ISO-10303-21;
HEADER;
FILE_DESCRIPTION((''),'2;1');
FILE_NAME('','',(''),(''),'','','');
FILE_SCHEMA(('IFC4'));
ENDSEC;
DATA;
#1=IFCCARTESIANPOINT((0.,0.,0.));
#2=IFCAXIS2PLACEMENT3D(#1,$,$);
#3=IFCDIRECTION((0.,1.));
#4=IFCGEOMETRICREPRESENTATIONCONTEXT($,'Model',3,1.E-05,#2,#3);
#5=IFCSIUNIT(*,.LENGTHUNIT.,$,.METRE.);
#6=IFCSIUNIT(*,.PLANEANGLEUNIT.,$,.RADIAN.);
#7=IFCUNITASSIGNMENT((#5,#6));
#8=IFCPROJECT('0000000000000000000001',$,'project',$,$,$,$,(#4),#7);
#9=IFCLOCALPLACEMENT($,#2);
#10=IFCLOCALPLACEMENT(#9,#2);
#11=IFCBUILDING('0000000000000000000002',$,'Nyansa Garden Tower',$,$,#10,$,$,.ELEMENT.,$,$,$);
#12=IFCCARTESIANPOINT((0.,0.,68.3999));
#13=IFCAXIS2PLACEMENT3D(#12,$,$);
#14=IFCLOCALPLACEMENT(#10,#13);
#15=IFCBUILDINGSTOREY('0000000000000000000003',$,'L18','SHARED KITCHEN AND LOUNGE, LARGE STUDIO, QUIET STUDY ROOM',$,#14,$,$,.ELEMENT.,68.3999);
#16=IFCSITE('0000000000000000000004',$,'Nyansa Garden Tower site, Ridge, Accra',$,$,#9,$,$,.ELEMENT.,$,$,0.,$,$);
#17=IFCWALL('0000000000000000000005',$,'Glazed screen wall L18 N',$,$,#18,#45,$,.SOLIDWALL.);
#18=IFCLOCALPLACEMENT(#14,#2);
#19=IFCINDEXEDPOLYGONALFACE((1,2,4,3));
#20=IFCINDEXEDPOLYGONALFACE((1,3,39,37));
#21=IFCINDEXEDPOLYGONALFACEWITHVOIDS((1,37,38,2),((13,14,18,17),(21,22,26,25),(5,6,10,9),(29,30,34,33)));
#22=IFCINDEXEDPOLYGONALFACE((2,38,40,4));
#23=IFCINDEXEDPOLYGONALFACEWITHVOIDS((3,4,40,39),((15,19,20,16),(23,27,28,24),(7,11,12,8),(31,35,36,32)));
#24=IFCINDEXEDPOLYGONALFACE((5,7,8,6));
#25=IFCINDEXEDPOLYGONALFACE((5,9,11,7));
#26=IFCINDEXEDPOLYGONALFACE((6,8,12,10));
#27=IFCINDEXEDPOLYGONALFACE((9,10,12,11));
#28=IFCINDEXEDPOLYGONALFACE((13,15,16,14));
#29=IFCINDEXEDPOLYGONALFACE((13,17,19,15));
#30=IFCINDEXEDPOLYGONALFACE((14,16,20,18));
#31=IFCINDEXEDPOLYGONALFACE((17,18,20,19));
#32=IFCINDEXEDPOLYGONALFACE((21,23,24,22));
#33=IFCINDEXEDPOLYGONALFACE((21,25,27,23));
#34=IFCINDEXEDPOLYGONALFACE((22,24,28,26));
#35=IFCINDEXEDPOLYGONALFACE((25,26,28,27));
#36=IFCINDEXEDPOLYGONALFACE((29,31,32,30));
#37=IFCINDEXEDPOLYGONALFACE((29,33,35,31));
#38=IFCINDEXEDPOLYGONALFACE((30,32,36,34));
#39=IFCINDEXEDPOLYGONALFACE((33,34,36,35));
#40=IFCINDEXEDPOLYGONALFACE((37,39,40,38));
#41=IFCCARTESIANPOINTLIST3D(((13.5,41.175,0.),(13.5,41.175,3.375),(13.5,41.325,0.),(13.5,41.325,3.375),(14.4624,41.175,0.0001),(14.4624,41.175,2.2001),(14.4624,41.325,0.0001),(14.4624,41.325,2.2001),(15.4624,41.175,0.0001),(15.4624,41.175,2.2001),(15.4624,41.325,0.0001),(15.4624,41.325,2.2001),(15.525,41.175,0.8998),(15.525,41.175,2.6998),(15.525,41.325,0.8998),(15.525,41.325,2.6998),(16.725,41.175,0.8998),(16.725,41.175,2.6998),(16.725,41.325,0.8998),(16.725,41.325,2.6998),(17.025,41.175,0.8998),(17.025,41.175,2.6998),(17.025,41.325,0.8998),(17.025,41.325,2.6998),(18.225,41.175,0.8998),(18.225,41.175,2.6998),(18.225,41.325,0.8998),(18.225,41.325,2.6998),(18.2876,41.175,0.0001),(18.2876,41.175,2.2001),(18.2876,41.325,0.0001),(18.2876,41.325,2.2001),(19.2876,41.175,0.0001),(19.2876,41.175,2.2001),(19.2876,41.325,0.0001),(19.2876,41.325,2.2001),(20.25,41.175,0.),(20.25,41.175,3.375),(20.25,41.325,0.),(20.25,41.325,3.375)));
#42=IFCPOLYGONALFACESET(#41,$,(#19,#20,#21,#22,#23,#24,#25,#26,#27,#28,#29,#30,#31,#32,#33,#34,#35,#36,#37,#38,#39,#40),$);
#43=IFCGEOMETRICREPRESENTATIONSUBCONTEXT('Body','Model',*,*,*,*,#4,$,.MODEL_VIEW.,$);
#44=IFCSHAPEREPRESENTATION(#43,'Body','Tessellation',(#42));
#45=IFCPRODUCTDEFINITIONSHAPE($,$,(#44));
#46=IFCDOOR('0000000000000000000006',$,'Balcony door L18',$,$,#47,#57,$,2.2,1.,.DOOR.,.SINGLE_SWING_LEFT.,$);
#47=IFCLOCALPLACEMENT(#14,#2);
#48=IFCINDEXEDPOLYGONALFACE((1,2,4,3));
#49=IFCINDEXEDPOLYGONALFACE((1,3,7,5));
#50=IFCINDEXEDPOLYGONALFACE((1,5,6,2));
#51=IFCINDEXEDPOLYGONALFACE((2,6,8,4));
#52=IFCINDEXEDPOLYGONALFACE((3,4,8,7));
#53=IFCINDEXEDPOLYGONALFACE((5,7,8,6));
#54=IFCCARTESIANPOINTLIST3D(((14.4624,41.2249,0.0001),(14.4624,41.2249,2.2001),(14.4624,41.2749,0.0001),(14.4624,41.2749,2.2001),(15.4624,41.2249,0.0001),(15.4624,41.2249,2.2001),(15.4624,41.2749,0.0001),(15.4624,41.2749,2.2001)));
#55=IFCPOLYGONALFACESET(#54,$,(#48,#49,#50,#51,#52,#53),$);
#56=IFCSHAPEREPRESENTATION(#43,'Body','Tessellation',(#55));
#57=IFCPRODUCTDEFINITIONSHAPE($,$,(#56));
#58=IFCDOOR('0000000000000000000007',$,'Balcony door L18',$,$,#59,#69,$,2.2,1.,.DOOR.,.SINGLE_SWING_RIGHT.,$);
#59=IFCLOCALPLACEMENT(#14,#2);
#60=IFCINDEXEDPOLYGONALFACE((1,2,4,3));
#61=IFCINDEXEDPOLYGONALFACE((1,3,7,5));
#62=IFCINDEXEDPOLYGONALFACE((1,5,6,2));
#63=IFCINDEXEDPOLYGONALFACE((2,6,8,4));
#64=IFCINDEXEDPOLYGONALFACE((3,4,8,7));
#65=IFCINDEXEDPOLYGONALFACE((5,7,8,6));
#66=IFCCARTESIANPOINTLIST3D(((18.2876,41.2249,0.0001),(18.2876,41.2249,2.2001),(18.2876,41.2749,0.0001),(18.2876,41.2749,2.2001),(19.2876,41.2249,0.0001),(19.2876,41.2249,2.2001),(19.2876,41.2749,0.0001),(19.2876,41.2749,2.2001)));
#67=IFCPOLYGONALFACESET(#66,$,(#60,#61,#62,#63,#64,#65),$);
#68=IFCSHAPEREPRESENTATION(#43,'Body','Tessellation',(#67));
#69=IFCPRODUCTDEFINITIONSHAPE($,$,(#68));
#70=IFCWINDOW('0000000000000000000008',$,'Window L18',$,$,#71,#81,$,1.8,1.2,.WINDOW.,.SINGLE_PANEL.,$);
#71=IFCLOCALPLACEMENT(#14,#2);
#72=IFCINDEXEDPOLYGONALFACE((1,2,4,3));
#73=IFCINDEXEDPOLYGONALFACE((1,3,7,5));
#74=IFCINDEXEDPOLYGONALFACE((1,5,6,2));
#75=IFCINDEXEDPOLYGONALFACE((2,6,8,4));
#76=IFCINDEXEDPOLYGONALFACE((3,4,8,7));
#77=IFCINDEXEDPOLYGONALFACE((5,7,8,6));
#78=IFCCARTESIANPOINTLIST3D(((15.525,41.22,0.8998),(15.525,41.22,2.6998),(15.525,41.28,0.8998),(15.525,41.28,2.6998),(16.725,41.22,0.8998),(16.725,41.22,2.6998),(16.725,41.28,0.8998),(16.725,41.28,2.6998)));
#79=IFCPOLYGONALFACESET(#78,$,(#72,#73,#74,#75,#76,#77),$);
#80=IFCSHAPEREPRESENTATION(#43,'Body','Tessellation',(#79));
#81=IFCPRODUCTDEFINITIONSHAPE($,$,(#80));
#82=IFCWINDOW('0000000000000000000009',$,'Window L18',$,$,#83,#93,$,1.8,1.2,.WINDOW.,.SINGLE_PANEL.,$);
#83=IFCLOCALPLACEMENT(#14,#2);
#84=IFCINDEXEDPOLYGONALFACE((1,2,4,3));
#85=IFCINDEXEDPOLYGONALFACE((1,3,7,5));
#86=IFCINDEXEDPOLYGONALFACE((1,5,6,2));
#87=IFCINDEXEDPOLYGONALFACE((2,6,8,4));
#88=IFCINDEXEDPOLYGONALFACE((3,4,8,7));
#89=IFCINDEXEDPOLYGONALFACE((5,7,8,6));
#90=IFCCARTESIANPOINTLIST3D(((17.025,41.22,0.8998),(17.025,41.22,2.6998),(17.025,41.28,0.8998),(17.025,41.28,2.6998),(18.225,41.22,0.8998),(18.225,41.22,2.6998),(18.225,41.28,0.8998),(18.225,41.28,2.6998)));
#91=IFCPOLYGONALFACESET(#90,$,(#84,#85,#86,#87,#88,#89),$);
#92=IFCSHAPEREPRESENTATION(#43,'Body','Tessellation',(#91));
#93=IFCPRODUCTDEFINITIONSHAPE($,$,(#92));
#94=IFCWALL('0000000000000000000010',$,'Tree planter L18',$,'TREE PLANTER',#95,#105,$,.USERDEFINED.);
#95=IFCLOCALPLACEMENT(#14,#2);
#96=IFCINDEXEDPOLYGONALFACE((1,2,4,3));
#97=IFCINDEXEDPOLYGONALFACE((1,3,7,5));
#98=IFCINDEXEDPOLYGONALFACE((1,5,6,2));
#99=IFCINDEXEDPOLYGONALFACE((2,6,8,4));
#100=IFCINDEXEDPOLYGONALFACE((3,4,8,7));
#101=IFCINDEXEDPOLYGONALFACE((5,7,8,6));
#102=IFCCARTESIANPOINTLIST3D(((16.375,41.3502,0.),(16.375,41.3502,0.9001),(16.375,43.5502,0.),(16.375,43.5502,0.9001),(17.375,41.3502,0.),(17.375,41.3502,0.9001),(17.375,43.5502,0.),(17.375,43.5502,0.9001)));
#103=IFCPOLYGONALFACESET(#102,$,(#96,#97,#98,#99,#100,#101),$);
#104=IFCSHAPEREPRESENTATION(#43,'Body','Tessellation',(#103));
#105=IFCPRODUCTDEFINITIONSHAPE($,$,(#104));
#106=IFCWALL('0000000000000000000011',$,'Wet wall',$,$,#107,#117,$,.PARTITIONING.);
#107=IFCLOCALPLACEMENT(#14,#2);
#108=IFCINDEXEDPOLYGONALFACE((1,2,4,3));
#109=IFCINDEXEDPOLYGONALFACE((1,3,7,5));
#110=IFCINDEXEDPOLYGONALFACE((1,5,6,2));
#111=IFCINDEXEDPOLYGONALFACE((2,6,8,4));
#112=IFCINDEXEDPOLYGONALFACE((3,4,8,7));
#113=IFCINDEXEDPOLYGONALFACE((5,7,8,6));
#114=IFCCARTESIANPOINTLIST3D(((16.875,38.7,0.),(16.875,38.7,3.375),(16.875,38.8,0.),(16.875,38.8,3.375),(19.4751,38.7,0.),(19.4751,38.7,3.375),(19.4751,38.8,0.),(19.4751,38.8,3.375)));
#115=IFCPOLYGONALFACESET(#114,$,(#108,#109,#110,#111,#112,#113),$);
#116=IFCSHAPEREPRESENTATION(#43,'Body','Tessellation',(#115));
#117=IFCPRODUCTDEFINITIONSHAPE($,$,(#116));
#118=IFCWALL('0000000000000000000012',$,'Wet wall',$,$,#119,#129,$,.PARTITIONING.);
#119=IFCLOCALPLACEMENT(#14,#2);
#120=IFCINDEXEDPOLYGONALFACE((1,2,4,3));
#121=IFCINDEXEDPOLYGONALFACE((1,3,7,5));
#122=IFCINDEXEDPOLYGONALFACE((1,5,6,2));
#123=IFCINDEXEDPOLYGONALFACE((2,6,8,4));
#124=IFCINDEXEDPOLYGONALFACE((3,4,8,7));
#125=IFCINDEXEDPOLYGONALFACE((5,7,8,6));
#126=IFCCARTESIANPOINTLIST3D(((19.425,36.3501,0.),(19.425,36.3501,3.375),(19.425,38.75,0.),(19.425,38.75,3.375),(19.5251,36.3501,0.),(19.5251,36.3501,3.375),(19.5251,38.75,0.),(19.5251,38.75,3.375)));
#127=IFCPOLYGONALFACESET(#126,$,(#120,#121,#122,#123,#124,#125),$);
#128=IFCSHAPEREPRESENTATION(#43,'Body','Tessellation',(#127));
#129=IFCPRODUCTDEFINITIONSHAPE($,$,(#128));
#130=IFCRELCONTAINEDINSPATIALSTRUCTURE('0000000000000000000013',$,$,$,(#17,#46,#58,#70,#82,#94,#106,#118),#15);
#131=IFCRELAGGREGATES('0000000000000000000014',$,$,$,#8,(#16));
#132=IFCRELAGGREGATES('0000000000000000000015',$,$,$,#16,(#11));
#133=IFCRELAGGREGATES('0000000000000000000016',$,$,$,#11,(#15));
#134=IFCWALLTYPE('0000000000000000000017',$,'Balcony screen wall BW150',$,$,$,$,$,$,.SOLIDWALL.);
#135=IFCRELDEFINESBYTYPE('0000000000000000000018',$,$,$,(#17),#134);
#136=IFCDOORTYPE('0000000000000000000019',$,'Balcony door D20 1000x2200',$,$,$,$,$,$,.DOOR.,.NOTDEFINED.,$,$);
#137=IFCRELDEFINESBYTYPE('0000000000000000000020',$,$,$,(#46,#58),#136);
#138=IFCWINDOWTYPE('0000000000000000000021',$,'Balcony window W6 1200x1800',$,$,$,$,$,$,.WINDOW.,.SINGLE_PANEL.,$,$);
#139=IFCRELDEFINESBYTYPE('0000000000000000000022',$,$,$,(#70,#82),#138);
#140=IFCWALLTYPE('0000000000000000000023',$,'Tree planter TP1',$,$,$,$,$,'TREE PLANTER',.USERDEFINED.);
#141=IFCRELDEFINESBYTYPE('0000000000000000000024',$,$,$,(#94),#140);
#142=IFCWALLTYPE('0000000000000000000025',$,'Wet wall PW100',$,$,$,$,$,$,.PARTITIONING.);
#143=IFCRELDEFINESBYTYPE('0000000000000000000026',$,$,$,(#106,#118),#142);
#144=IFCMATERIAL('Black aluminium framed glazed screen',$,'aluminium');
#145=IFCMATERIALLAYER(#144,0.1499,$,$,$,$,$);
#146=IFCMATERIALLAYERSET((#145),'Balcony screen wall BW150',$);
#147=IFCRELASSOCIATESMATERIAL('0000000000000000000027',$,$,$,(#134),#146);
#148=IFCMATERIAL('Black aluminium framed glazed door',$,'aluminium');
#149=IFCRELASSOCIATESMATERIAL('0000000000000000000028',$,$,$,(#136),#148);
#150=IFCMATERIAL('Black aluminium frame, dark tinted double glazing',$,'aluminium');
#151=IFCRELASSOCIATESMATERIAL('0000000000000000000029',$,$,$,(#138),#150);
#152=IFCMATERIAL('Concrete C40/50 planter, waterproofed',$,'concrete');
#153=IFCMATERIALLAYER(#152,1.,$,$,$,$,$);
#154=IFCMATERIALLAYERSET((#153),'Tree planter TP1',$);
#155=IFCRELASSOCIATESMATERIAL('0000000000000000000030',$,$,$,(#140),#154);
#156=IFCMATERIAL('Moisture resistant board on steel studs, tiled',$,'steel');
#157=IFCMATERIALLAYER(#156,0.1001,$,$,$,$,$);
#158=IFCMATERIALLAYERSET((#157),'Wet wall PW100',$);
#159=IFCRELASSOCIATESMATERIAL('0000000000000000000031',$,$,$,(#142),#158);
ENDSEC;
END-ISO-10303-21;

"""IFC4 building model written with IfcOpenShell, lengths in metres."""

from ifc_helpers import new_model, si_unit, direction, frame, frame_2d, origin, place, context, subcontext, project, spatial, rectangle, extrude, material, layer, layer_set, type_object, element, fill, save


model = new_model("IFC4")

# Units and contexts
model_context = context("Model", 3, precision=1e-05, world=origin(), true_north=direction((0.0, 1.0)))
body_context = subcontext(model_context, "Body", "Model", "MODEL_VIEW")
ifc_project = project(units=[si_unit("LENGTHUNIT", "METRE"), si_unit("PLANEANGLEUNIT", "RADIAN")], contexts=[model_context])

# Site, building, storey
site_placement = place(None, origin())
site = spatial("IfcSite", under=ifc_project, at=site_placement, Name="Nyansa Garden Tower site, Ridge, Accra", CompositionType="ELEMENT", RefElevation=0.0)
building_placement = place(site_placement, origin())
building = spatial("IfcBuilding", under=site, at=building_placement, Name="Nyansa Garden Tower", CompositionType="ELEMENT")
storey_placement = place(building_placement, frame((0.0, 0.0, 68.3999)))
storey = spatial("IfcBuildingStorey", under=building, at=storey_placement, Name="L18", Description="SHARED KITCHEN AND LOUNGE, LARGE STUDIO, QUIET STUDY ROOM", CompositionType="ELEMENT", Elevation=68.3999)

# Wall, openings, doors, windows
ifc_material_1 = material(Name="Black aluminium framed glazed screen", Category="aluminium")
ifc_layer_1 = layer(ifc_material_1, 0.1499)
ifc_layer_set_1 = layer_set([ifc_layer_1], Name="Balcony screen wall BW150")
wall_type_1 = type_object("IfcWallType", Name="Balcony screen wall BW150", PredefinedType="SOLIDWALL", material=ifc_layer_set_1)
wall_1_placement = place(storey_placement, frame((13.5, 41.25, 0.0), z_axis=(0.0, 0.0, 1.0), x_axis=(1.0, 0.0, 0.0)))
wall_1 = element("IfcWall", 1, at=wall_1_placement, inside=storey, type_object=wall_type_1, Name="Glazed screen wall L18 N", PredefinedType="SOLIDWALL", context=body_context, shape_type="SweptSolid", body=[
    extrude(rectangle(XDim=6.75, YDim=0.1499, at=frame_2d((3.375, 0.0))), origin(), (0.0, 0.0, 1.0), 3.375),
])
opening_1_placement = place(wall_1_placement, frame((0.9624, 0.0, 0.0)))
opening_1 = element("IfcOpeningElement", 2, at=opening_1_placement, cuts=wall_1, PredefinedType="OPENING", context=body_context, shape_type="SweptSolid", body=[
    extrude(rectangle(XDim=1.0, YDim=2.2, at=frame_2d((0.5, 1.1001))), frame((0.0, 0.085, 0.0), z_axis=(0.0, -1.0, 0.0), x_axis=(1.0, 0.0, 0.0)), (0.0, 0.0, 1.0), 0.1699),
])
opening_2_placement = place(wall_1_placement, frame((2.0249, 0.0, 0.8999)))
opening_2 = element("IfcOpeningElement", 3, at=opening_2_placement, cuts=wall_1, PredefinedType="OPENING", context=body_context, shape_type="SweptSolid", body=[
    extrude(rectangle(XDim=1.2, YDim=1.8, at=frame_2d((0.6001, 0.8999))), frame((0.0, 0.085, 0.0), z_axis=(0.0, -1.0, 0.0), x_axis=(1.0, 0.0, 0.0)), (0.0, 0.0, 1.0), 0.1699),
])
opening_3_placement = place(wall_1_placement, frame((4.7876, 0.0, 0.0)))
opening_3 = element("IfcOpeningElement", 4, at=opening_3_placement, cuts=wall_1, PredefinedType="OPENING", context=body_context, shape_type="SweptSolid", body=[
    extrude(rectangle(XDim=1.0, YDim=2.2, at=frame_2d((0.5, 1.1001))), frame((0.0, 0.085, 0.0), z_axis=(0.0, -1.0, 0.0), x_axis=(1.0, 0.0, 0.0)), (0.0, 0.0, 1.0), 0.1699),
])
opening_4_placement = place(wall_1_placement, frame((3.5249, 0.0, 0.8999)))
opening_4 = element("IfcOpeningElement", 5, at=opening_4_placement, cuts=wall_1, PredefinedType="OPENING", context=body_context, shape_type="SweptSolid", body=[
    extrude(rectangle(XDim=1.2, YDim=1.8, at=frame_2d((0.6001, 0.8999))), frame((0.0, 0.085, 0.0), z_axis=(0.0, -1.0, 0.0), x_axis=(1.0, 0.0, 0.0)), (0.0, 0.0, 1.0), 0.1699),
])
ifc_material_2 = material(Name="Black aluminium framed glazed door", Category="aluminium")
door_type_1 = type_object("IfcDoorType", Name="Balcony door D20 1000x2200", OperationType="NOTDEFINED", PredefinedType="DOOR", material=ifc_material_2)
door_1_placement = place(opening_1_placement, origin())
door_1 = element("IfcDoor", 6, at=door_1_placement, inside=storey, type_object=door_type_1, Name="Balcony door L18", OperationType="SINGLE_SWING_LEFT", OverallHeight=2.2, OverallWidth=1.0, PredefinedType="DOOR", context=body_context, shape_type="SweptSolid", body=[
    extrude(rectangle(XDim=1.0, YDim=2.2, at=frame_2d((0.5, 1.1001))), frame((0.0, 0.0249, 0.0), z_axis=(0.0, -1.0, 0.0), x_axis=(1.0, 0.0, 0.0)), (0.0, 0.0, 1.0), 0.05),
])
fill(opening_1, door_1)
door_2_placement = place(opening_3_placement, origin())
door_2 = element("IfcDoor", 7, at=door_2_placement, inside=storey, type_object=door_type_1, Name="Balcony door L18", OperationType="SINGLE_SWING_RIGHT", OverallHeight=2.2, OverallWidth=1.0, PredefinedType="DOOR", context=body_context, shape_type="SweptSolid", body=[
    extrude(rectangle(XDim=1.0, YDim=2.2, at=frame_2d((0.5, 1.1001))), frame((0.0, 0.0249, 0.0), z_axis=(0.0, -1.0, 0.0), x_axis=(1.0, 0.0, 0.0)), (0.0, 0.0, 1.0), 0.05),
])
fill(opening_3, door_2)
ifc_material_3 = material(Name="Black aluminium frame, dark tinted double glazing", Category="aluminium")
window_type = type_object("IfcWindowType", Name="Balcony window W6 1200x1800", PartitioningType="SINGLE_PANEL", PredefinedType="WINDOW", material=ifc_material_3)
window_1_placement = place(opening_2_placement, origin())
window_1 = element("IfcWindow", 8, at=window_1_placement, inside=storey, type_object=window_type, Name="Window L18", OverallHeight=1.8, OverallWidth=1.2, PartitioningType="SINGLE_PANEL", PredefinedType="WINDOW", context=body_context, shape_type="SweptSolid", body=[
    extrude(rectangle(XDim=1.2, YDim=1.8, at=frame_2d((0.6001, 0.8999))), frame((0.0, 0.03, 0.0), z_axis=(0.0, -1.0, 0.0), x_axis=(1.0, 0.0, 0.0)), (0.0, 0.0, 1.0), 0.0601),
])
fill(opening_2, window_1)
window_2_placement = place(opening_4_placement, origin())
window_2 = element("IfcWindow", 9, at=window_2_placement, inside=storey, type_object=window_type, Name="Window L18", OverallHeight=1.8, OverallWidth=1.2, PartitioningType="SINGLE_PANEL", PredefinedType="WINDOW", context=body_context, shape_type="SweptSolid", body=[
    extrude(rectangle(XDim=1.2, YDim=1.8, at=frame_2d((0.6001, 0.8999))), frame((0.0, 0.03, 0.0), z_axis=(0.0, -1.0, 0.0), x_axis=(1.0, 0.0, 0.0)), (0.0, 0.0, 1.0), 0.0601),
])
fill(opening_4, window_2)

# Walls
ifc_material_4 = material(Name="Concrete C40/50 planter, waterproofed", Category="concrete")
ifc_layer_2 = layer(ifc_material_4, 1.0)
ifc_layer_set_2 = layer_set([ifc_layer_2], Name="Tree planter TP1")
wall_type_2 = type_object("IfcWallType", Name="Tree planter TP1", ElementType="TREE PLANTER", PredefinedType="USERDEFINED", material=ifc_layer_set_2)
wall_2_placement = place(storey_placement, frame((16.875, 41.3501, 0.0), z_axis=(0.0, 0.0, 1.0), x_axis=(0.0, 1.0, 0.0)))
element("IfcWall", 10, at=wall_2_placement, inside=storey, type_object=wall_type_2, Name="Tree planter L18", ObjectType="TREE PLANTER", PredefinedType="USERDEFINED", context=body_context, shape_type="SweptSolid", body=[
    extrude(rectangle(XDim=2.2, YDim=1.0, at=frame_2d((1.1001, 0.0))), origin(), (0.0, 0.0, 1.0), 0.9001),
])
ifc_material_5 = material(Name="Moisture resistant board on steel studs, tiled", Category="steel")
ifc_layer_3 = layer(ifc_material_5, 0.1001)
ifc_layer_set_3 = layer_set([ifc_layer_3], Name="Wet wall PW100")
wall_type_3 = type_object("IfcWallType", Name="Wet wall PW100", PredefinedType="PARTITIONING", material=ifc_layer_set_3)
wall_3_placement = place(storey_placement, frame((16.875, 38.75, 0.0), z_axis=(0.0, 0.0, 1.0), x_axis=(1.0, 0.0, 0.0)))
element("IfcWall", 11, at=wall_3_placement, inside=storey, type_object=wall_type_3, Name="Wet wall", PredefinedType="PARTITIONING", context=body_context, shape_type="SweptSolid", body=[
    extrude(rectangle(XDim=2.6001, YDim=0.1001, at=frame_2d((1.3, 0.0))), origin(), (0.0, 0.0, 1.0), 3.375),
])
wall_4_placement = place(storey_placement, frame((19.4751, 36.3501, 0.0), z_axis=(0.0, 0.0, 1.0), x_axis=(0.0, 1.0, 0.0)))
element("IfcWall", 12, at=wall_4_placement, inside=storey, type_object=wall_type_3, Name="Wet wall", PredefinedType="PARTITIONING", context=body_context, shape_type="SweptSolid", body=[
    extrude(rectangle(XDim=2.3999, YDim=0.1001, at=frame_2d((1.2, 0.0))), origin(), (0.0, 0.0, 1.0), 3.375),
])

save(model, "model.ifc")
